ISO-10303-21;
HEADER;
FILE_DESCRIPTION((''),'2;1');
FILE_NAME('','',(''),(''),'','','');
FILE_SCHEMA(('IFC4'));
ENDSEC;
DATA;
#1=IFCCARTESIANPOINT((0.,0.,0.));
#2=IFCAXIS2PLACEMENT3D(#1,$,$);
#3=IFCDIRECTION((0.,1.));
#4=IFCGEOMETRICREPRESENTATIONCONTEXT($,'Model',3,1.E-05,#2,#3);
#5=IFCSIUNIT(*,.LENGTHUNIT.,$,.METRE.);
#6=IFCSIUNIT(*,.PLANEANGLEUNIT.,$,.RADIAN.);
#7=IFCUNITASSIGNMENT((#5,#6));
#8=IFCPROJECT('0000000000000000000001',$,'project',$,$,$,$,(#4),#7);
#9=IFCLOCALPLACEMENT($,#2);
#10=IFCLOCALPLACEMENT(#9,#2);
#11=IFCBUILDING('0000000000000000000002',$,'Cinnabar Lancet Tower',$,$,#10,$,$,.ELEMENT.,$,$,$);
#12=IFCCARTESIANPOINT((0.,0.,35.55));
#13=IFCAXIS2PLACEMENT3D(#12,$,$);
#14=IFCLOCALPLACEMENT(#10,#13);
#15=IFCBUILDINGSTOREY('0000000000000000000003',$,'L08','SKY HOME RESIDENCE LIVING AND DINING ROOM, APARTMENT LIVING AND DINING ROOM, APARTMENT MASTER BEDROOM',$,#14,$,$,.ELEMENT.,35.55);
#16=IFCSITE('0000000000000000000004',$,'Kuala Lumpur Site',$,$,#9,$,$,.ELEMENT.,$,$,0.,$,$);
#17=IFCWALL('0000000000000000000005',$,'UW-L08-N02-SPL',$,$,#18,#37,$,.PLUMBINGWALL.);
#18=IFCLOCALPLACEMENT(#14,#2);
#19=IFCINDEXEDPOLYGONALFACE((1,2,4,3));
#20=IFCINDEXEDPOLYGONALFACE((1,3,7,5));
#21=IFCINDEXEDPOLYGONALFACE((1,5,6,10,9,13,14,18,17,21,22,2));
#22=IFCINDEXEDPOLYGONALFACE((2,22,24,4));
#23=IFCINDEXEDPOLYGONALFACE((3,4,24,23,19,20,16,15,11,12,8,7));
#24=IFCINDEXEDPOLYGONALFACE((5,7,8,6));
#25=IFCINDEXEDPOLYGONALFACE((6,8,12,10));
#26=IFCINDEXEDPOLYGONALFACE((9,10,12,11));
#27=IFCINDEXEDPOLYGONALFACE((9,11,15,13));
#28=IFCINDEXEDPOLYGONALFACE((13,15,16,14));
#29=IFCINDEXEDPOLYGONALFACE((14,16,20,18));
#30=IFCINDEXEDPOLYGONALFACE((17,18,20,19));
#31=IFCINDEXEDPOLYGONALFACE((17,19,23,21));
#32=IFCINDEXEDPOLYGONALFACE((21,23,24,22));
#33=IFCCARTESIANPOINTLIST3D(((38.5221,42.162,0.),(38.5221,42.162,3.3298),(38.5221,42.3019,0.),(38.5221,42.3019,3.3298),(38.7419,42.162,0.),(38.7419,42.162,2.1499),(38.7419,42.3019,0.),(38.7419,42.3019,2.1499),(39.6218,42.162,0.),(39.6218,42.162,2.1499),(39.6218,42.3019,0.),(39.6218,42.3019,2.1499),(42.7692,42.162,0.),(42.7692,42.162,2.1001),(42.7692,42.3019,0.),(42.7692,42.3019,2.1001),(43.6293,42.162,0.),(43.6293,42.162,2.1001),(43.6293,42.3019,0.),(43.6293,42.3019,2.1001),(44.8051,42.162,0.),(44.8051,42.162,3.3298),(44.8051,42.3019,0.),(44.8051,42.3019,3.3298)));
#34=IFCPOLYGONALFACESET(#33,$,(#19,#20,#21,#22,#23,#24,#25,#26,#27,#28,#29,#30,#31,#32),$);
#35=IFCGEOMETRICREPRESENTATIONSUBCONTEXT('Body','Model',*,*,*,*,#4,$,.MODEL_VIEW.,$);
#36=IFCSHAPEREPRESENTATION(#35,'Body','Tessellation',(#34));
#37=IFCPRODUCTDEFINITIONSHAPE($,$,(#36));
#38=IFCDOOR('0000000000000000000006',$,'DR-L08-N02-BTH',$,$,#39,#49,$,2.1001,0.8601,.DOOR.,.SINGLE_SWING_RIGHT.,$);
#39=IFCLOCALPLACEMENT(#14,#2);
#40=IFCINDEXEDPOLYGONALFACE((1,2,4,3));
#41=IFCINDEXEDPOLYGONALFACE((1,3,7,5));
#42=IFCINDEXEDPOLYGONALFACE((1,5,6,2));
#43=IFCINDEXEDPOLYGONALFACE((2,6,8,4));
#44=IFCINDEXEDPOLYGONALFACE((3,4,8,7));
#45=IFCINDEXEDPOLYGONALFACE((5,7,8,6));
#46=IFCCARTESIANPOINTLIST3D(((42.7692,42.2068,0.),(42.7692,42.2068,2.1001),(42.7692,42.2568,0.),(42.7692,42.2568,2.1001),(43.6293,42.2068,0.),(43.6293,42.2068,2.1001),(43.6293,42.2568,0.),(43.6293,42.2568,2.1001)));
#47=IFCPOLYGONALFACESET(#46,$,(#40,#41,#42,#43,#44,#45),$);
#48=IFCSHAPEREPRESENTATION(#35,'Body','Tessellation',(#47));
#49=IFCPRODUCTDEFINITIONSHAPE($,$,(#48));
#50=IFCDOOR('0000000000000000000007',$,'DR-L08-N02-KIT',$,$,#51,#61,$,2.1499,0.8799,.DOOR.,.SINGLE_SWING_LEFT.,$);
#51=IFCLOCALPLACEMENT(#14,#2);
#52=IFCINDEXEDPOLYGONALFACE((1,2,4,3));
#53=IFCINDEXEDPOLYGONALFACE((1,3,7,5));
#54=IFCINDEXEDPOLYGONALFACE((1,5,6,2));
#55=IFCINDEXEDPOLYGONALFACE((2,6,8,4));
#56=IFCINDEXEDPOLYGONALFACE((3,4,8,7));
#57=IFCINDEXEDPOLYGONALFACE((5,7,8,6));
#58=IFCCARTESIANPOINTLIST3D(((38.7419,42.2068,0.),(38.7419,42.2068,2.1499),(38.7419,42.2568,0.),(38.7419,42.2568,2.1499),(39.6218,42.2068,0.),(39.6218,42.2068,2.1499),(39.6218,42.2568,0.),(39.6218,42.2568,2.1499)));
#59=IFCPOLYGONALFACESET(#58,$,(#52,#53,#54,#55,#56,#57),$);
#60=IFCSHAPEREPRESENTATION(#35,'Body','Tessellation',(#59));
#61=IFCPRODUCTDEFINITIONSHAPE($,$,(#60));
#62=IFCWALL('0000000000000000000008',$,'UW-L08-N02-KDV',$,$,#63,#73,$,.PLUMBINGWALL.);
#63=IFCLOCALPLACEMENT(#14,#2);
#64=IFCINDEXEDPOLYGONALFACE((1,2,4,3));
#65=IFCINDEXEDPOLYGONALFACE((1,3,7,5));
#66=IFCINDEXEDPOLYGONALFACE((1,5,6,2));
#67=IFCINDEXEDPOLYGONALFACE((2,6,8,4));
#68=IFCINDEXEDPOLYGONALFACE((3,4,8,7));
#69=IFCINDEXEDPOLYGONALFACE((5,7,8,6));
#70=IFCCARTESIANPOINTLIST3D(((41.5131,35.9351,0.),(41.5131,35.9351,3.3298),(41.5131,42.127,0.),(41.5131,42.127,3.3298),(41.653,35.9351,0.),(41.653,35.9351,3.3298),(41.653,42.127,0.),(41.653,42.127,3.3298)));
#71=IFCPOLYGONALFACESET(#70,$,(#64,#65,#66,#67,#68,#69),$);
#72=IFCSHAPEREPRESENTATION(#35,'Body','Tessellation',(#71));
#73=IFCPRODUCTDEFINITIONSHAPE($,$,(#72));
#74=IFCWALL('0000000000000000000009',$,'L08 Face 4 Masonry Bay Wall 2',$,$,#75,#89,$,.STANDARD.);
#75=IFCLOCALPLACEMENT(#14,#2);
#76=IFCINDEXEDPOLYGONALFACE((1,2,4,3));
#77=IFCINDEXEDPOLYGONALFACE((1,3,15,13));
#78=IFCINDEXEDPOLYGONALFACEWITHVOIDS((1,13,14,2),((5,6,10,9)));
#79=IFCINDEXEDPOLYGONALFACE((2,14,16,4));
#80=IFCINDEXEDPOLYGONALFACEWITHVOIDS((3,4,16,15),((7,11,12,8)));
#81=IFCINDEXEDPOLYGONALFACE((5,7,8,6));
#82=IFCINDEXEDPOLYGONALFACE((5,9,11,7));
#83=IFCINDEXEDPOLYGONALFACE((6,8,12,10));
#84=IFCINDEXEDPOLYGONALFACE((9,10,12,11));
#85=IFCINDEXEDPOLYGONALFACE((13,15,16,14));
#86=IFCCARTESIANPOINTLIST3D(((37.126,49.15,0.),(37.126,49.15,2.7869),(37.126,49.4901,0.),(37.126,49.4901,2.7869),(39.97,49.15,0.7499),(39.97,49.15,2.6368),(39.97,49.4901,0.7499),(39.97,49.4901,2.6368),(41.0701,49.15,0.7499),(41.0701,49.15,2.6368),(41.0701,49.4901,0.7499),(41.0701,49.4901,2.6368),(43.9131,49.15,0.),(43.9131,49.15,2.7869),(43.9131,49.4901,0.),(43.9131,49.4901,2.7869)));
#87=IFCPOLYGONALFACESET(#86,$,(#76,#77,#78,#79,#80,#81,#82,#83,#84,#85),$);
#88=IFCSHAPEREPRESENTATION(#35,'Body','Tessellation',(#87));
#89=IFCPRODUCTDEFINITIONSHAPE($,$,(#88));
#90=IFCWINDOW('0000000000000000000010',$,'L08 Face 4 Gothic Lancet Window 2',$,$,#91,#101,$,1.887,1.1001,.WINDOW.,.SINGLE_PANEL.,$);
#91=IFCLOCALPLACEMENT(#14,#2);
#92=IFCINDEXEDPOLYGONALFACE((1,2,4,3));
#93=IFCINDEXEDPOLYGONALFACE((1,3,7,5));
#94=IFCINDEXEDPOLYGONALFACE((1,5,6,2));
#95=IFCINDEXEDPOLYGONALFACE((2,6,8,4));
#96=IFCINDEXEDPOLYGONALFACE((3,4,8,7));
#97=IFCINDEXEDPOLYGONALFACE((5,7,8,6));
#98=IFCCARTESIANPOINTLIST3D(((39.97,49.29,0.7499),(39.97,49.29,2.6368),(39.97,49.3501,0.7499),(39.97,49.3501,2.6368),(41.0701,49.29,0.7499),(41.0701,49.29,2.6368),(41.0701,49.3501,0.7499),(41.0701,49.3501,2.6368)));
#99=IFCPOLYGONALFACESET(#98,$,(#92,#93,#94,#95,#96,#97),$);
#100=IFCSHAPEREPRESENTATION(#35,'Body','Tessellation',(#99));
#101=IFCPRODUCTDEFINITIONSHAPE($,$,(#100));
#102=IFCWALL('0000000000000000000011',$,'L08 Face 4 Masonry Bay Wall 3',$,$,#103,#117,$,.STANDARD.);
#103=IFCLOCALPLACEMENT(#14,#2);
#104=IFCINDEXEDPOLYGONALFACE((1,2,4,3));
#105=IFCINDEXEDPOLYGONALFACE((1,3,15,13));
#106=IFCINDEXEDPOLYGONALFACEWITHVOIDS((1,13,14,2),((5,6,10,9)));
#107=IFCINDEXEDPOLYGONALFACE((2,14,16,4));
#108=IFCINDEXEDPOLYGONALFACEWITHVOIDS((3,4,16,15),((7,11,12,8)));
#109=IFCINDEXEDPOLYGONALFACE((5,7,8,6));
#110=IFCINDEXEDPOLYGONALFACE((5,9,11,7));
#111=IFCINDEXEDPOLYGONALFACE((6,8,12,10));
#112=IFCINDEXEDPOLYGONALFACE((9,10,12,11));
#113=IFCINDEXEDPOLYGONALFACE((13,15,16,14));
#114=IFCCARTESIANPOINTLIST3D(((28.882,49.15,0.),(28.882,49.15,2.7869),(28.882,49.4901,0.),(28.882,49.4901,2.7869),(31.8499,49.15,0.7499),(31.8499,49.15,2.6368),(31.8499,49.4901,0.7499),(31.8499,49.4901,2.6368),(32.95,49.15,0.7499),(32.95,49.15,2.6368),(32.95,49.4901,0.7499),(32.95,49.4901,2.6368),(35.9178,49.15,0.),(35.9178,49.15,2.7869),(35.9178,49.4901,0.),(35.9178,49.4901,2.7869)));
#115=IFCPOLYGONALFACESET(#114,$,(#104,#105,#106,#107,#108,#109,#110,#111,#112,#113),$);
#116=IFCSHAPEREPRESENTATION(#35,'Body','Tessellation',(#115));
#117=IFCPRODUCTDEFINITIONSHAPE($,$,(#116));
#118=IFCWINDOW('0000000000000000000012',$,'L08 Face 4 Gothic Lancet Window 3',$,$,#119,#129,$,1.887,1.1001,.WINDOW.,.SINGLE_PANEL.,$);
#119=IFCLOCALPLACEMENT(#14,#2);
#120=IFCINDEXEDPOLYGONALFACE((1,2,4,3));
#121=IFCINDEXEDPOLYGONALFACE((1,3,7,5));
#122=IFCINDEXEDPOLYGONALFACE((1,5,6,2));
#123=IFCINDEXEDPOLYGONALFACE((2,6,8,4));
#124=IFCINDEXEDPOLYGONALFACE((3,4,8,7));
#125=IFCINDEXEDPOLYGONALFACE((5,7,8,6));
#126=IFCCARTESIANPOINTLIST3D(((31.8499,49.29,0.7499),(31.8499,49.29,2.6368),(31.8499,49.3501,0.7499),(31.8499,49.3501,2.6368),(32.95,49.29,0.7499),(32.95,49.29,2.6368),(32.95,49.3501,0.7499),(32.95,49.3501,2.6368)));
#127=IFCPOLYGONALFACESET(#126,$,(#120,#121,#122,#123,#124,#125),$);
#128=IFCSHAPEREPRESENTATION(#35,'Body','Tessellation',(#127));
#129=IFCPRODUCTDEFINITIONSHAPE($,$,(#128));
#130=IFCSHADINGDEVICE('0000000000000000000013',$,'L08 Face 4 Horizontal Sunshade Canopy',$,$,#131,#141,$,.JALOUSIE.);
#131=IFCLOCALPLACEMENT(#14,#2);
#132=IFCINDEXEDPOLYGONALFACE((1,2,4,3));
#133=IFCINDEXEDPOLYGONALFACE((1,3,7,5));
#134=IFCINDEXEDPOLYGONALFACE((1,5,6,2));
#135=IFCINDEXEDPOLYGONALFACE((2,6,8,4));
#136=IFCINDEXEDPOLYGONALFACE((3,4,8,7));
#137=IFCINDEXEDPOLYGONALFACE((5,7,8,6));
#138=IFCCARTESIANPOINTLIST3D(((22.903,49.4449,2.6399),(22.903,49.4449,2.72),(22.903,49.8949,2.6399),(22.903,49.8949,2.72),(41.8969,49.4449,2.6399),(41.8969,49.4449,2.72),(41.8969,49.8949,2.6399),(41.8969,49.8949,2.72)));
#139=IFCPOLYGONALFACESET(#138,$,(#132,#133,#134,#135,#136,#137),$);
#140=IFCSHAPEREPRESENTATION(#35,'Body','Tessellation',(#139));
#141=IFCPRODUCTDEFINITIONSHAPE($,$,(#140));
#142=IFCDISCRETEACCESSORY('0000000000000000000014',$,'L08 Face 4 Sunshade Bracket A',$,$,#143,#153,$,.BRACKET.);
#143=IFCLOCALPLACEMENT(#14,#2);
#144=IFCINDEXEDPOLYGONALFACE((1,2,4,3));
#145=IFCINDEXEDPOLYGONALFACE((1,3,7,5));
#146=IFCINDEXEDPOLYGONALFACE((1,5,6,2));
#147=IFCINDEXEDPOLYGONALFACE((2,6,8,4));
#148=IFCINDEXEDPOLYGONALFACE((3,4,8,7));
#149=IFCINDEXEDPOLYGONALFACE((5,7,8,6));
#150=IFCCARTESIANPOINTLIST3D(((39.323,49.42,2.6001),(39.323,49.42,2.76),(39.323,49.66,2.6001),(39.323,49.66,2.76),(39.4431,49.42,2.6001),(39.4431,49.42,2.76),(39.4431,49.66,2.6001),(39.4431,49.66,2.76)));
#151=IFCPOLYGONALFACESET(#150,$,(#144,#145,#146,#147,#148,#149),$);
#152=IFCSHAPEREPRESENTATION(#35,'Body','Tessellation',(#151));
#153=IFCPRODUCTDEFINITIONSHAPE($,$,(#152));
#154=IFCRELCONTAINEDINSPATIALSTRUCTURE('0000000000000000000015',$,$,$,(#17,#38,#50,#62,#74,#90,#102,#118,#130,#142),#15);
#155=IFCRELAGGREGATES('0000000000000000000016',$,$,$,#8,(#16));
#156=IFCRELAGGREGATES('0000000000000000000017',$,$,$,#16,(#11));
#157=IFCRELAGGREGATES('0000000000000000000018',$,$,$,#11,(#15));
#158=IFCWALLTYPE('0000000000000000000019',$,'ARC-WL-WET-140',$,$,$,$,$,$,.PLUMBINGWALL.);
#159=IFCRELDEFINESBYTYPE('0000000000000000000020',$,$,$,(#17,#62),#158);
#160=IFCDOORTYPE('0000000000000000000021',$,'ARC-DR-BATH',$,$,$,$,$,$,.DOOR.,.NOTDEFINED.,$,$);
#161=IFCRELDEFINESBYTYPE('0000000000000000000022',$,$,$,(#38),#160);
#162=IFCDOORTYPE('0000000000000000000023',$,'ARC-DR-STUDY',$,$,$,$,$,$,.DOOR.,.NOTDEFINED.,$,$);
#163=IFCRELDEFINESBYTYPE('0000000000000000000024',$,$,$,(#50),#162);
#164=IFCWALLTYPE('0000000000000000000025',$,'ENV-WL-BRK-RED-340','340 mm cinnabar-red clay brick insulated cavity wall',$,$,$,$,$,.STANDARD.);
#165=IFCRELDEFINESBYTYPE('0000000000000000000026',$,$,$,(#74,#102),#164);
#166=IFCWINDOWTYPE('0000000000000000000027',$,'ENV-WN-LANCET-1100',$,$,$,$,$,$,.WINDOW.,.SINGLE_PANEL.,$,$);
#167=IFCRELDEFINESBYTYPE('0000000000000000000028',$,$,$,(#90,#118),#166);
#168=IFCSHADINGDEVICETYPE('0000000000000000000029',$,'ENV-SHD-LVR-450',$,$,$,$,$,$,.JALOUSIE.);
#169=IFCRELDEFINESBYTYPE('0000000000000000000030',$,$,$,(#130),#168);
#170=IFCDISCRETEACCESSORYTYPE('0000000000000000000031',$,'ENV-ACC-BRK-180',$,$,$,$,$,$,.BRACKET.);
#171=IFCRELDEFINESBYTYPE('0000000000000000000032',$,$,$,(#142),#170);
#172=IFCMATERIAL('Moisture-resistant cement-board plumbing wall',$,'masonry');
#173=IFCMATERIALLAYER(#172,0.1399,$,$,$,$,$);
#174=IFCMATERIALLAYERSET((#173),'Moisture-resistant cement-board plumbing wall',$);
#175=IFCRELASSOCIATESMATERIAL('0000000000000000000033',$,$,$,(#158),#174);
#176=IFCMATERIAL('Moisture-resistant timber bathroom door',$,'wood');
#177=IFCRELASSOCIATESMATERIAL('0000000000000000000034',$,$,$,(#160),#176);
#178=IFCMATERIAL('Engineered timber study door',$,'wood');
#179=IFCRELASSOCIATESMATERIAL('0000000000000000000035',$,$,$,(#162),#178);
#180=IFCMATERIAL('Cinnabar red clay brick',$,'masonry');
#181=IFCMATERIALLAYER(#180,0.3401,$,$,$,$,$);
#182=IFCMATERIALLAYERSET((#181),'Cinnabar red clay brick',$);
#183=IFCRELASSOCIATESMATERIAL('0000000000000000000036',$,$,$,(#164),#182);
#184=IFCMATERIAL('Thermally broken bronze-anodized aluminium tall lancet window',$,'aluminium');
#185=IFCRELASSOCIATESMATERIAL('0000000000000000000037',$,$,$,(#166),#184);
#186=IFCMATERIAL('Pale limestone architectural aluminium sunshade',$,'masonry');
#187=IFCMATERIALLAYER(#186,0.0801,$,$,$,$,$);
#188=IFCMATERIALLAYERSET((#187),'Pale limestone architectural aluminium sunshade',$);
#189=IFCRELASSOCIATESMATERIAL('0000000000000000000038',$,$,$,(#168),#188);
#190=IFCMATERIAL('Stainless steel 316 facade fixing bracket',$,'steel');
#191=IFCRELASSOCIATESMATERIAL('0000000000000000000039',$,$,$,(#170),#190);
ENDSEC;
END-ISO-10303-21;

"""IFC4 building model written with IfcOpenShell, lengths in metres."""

from ifc_helpers import new_model, si_unit, direction, frame, frame_2d, origin, origin_2d, place, context, subcontext, project, spatial, rectangle, extrude, material, layer, layer_set, type_object, element, fill, save


model = new_model("IFC4")

# Units and contexts
model_context = context("Model", 3, precision=1e-05, world=origin(), true_north=direction((0.0, 1.0)))
body_context = subcontext(model_context, "Body", "Model", "MODEL_VIEW")
ifc_project = project(units=[si_unit("LENGTHUNIT", "METRE"), si_unit("PLANEANGLEUNIT", "RADIAN")], contexts=[model_context])

# Site, building, storey
site_placement = place(None, origin())
site = spatial("IfcSite", under=ifc_project, at=site_placement, Name="Kuala Lumpur Site", CompositionType="ELEMENT", RefElevation=0.0)
building_placement = place(site_placement, origin())
building = spatial("IfcBuilding", under=site, at=building_placement, Name="Cinnabar Lancet Tower", CompositionType="ELEMENT")
storey_placement = place(building_placement, frame((0.0, 0.0, 35.55)))
storey = spatial("IfcBuildingStorey", under=building, at=storey_placement, Name="L08", Description="SKY HOME RESIDENCE LIVING AND DINING ROOM, APARTMENT LIVING AND DINING ROOM, APARTMENT MASTER BEDROOM", CompositionType="ELEMENT", Elevation=35.55)

# Shared definitions
ifc_material_1 = material(Name="Moisture-resistant cement-board plumbing wall", Category="masonry")
ifc_layer_1 = layer(ifc_material_1, 0.1399)
ifc_layer_set_1 = layer_set([ifc_layer_1], Name="Moisture-resistant cement-board plumbing wall")
wall_type_1 = type_object("IfcWallType", Name="ARC-WL-WET-140", PredefinedType="PLUMBINGWALL", material=ifc_layer_set_1)

# Wall, openings, doors
wall_1_placement = place(storey_placement, frame((38.522, 42.2319, 0.0), z_axis=(0.0, 0.0, 1.0), x_axis=(1.0, 0.0, 0.0)))
wall_1 = element("IfcWall", 1, at=wall_1_placement, inside=storey, type_object=wall_type_1, Name="UW-L08-N02-SPL", PredefinedType="PLUMBINGWALL", context=body_context, shape_type="SweptSolid", body=[
    extrude(rectangle(XDim=6.283, YDim=0.1399, at=frame_2d((3.1416, 0.0))), origin(), (0.0, 0.0, 1.0), 3.3298),
])
opening_1_placement = place(wall_1_placement, frame((4.2471, 0.0, 0.0)))
opening_1 = element("IfcOpeningElement", 2, at=opening_1_placement, cuts=wall_1, PredefinedType="OPENING", context=body_context, shape_type="SweptSolid", body=[
    extrude(rectangle(XDim=0.8601, YDim=2.1001, at=frame_2d((0.4302, 1.05))), frame((0.0, 0.0798, 0.0), z_axis=(0.0, -1.0, 0.0), x_axis=(1.0, 0.0, 0.0)), (0.0, 0.0, 1.0), 0.1599),
])
opening_2_placement = place(wall_1_placement, frame((0.22, 0.0, 0.0)))
opening_2 = element("IfcOpeningElement", 3, at=opening_2_placement, cuts=wall_1, PredefinedType="OPENING", context=body_context, shape_type="SweptSolid", body=[
    extrude(rectangle(XDim=0.8799, YDim=2.1499, at=frame_2d((0.4399, 1.075))), frame((0.0, 0.0798, 0.0), z_axis=(0.0, -1.0, 0.0), x_axis=(1.0, 0.0, 0.0)), (0.0, 0.0, 1.0), 0.1599),
])
ifc_material_2 = material(Name="Moisture-resistant timber bathroom door", Category="wood")
door_type_1 = type_object("IfcDoorType", Name="ARC-DR-BATH", OperationType="NOTDEFINED", PredefinedType="DOOR", material=ifc_material_2)
door_1_placement = place(opening_1_placement, origin())
door_1 = element("IfcDoor", 4, at=door_1_placement, inside=storey, type_object=door_type_1, Name="DR-L08-N02-BTH", OperationType="SINGLE_SWING_RIGHT", OverallHeight=2.1001, OverallWidth=0.8601, PredefinedType="DOOR", context=body_context, shape_type="SweptSolid", body=[
    extrude(rectangle(XDim=0.8601, YDim=2.1001, at=frame_2d((0.4302, 1.05))), frame((0.0, 0.0249, 0.0), z_axis=(0.0, -1.0, 0.0), x_axis=(1.0, 0.0, 0.0)), (0.0, 0.0, 1.0), 0.05),
])
fill(opening_1, door_1)
ifc_material_3 = material(Name="Engineered timber study door", Category="wood")
door_type_2 = type_object("IfcDoorType", Name="ARC-DR-STUDY", OperationType="NOTDEFINED", PredefinedType="DOOR", material=ifc_material_3)
door_2_placement = place(opening_2_placement, origin())
door_2 = element("IfcDoor", 5, at=door_2_placement, inside=storey, type_object=door_type_2, Name="DR-L08-N02-KIT", OperationType="SINGLE_SWING_LEFT", OverallHeight=2.1499, OverallWidth=0.8799, PredefinedType="DOOR", context=body_context, shape_type="SweptSolid", body=[
    extrude(rectangle(XDim=0.8799, YDim=2.1499, at=frame_2d((0.4399, 1.075))), frame((0.0, 0.0249, 0.0), z_axis=(0.0, -1.0, 0.0), x_axis=(1.0, 0.0, 0.0)), (0.0, 0.0, 1.0), 0.05),
])
fill(opening_2, door_2)

# Wall
wall_2_placement = place(storey_placement, frame((41.583, 35.9351, 0.0), z_axis=(0.0, 0.0, 1.0), x_axis=(0.0, 1.0, 0.0)))
element("IfcWall", 6, at=wall_2_placement, inside=storey, type_object=wall_type_1, Name="UW-L08-N02-KDV", PredefinedType="PLUMBINGWALL", context=body_context, shape_type="SweptSolid", body=[
    extrude(rectangle(XDim=6.1919, YDim=0.1399, at=frame_2d((3.0959, 0.0))), origin(), (0.0, 0.0, 1.0), 3.3298),
])

# Walls, openings, windows
ifc_material_4 = material(Name="Cinnabar red clay brick", Category="masonry")
ifc_layer_2 = layer(ifc_material_4, 0.3401)
ifc_layer_set_2 = layer_set([ifc_layer_2], Name="Cinnabar red clay brick")
wall_type_2 = type_object("IfcWallType", Name="ENV-WL-BRK-RED-340", Description="340 mm cinnabar-red clay brick insulated cavity wall", PredefinedType="STANDARD", material=ifc_layer_set_2)
wall_3_placement = place(storey_placement, frame((43.9131, 49.3201, 0.0), z_axis=(0.0, 0.0, 1.0), x_axis=(-1.0, 0.0, 0.0)))
wall_3 = element("IfcWall", 7, at=wall_3_placement, inside=storey, type_object=wall_type_2, Name="L08 Face 4 Masonry Bay Wall 2", PredefinedType="STANDARD", context=body_context, shape_type="SweptSolid", body=[
    extrude(rectangle(XDim=6.7871, YDim=0.3401, at=frame_2d((3.3936, 0.0))), origin(), (0.0, 0.0, 1.0), 2.7869),
])
opening_3_placement = place(wall_3_placement, frame((2.843, 0.0, 0.75)))
opening_3 = element("IfcOpeningElement", 8, at=opening_3_placement, cuts=wall_3, PredefinedType="OPENING", context=body_context, shape_type="SweptSolid", body=[
    extrude(rectangle(XDim=1.1001, YDim=1.887, at=frame_2d((0.55, 0.9434))), frame((0.0, 0.1799, 0.0), z_axis=(0.0, -1.0, 0.0), x_axis=(1.0, 0.0, 0.0)), (0.0, 0.0, 1.0), 0.3601),
])
ifc_material_5 = material(Name="Thermally broken bronze-anodized aluminium tall lancet window", Category="aluminium")
window_type = type_object("IfcWindowType", Name="ENV-WN-LANCET-1100", PartitioningType="SINGLE_PANEL", PredefinedType="WINDOW", material=ifc_material_5)
window_1_placement = place(opening_3_placement, origin())
window_1 = element("IfcWindow", 9, at=window_1_placement, inside=storey, type_object=window_type, Name="L08 Face 4 Gothic Lancet Window 2", OverallHeight=1.887, OverallWidth=1.1001, PartitioningType="SINGLE_PANEL", PredefinedType="WINDOW", context=body_context, shape_type="SweptSolid", body=[
    extrude(rectangle(XDim=1.1001, YDim=1.887, at=frame_2d((0.55, 0.9434))), frame((0.0, 0.03, 0.0), z_axis=(0.0, -1.0, 0.0), x_axis=(1.0, 0.0, 0.0)), (0.0, 0.0, 1.0), 0.0601),
])
fill(opening_3, window_1)
wall_4_placement = place(storey_placement, frame((35.918, 49.3201, 0.0), z_axis=(0.0, 0.0, 1.0), x_axis=(-1.0, 0.0, 0.0)))
wall_4 = element("IfcWall", 10, at=wall_4_placement, inside=storey, type_object=wall_type_2, Name="L08 Face 4 Masonry Bay Wall 3", PredefinedType="STANDARD", context=body_context, shape_type="SweptSolid", body=[
    extrude(rectangle(XDim=7.0359, YDim=0.3401, at=frame_2d((3.5181, 0.0))), origin(), (0.0, 0.0, 1.0), 2.7869),
])
opening_4_placement = place(wall_4_placement, frame((2.968, 0.0, 0.75)))
opening_4 = element("IfcOpeningElement", 11, at=opening_4_placement, cuts=wall_4, PredefinedType="OPENING", context=body_context, shape_type="SweptSolid", body=[
    extrude(rectangle(XDim=1.1001, YDim=1.887, at=frame_2d((0.55, 0.9434))), frame((0.0, 0.1799, 0.0), z_axis=(0.0, -1.0, 0.0), x_axis=(1.0, 0.0, 0.0)), (0.0, 0.0, 1.0), 0.3601),
])
window_2_placement = place(opening_4_placement, origin())
window_2 = element("IfcWindow", 12, at=window_2_placement, inside=storey, type_object=window_type, Name="L08 Face 4 Gothic Lancet Window 3", OverallHeight=1.887, OverallWidth=1.1001, PartitioningType="SINGLE_PANEL", PredefinedType="WINDOW", context=body_context, shape_type="SweptSolid", body=[
    extrude(rectangle(XDim=1.1001, YDim=1.887, at=frame_2d((0.55, 0.9434))), frame((0.0, 0.03, 0.0), z_axis=(0.0, -1.0, 0.0), x_axis=(1.0, 0.0, 0.0)), (0.0, 0.0, 1.0), 0.0601),
])
fill(opening_4, window_2)

# Shading device
ifc_material_6 = material(Name="Pale limestone architectural aluminium sunshade", Category="masonry")
ifc_layer_3 = layer(ifc_material_6, 0.0801)
ifc_layer_set_3 = layer_set([ifc_layer_3], Name="Pale limestone architectural aluminium sunshade")
shading_device_type = type_object("IfcShadingDeviceType", Name="ENV-SHD-LVR-450", PredefinedType="JALOUSIE", material=ifc_layer_set_3)
shading_device_placement = place(storey_placement, frame((32.3999, 49.6699, 2.6399), z_axis=(0.0, 0.0, 1.0), x_axis=(-1.0, 0.0, 0.0)))
element("IfcShadingDevice", 13, at=shading_device_placement, inside=storey, type_object=shading_device_type, Name="L08 Face 4 Horizontal Sunshade Canopy", PredefinedType="JALOUSIE", context=body_context, shape_type="SweptSolid", body=[
    extrude(rectangle(XDim=18.9939, YDim=0.45, at=origin_2d()), origin(), (0.0, 0.0, 1.0), 0.0801),
])

# Discrete accessory
ifc_material_7 = material(Name="Stainless steel 316 facade fixing bracket", Category="steel")
discrete_accessory_type = type_object("IfcDiscreteAccessoryType", Name="ENV-ACC-BRK-180", PredefinedType="BRACKET", material=ifc_material_7)
discrete_accessory_placement = place(storey_placement, frame((39.3831, 49.54, 2.6001), z_axis=(0.0, 0.0, 1.0), x_axis=(-1.0, 0.0, 0.0)))
element("IfcDiscreteAccessory", 14, at=discrete_accessory_placement, inside=storey, type_object=discrete_accessory_type, Name="L08 Face 4 Sunshade Bracket A", PredefinedType="BRACKET", context=body_context, shape_type="SweptSolid", body=[
    extrude(rectangle(XDim=0.1201, YDim=0.24, at=origin_2d()), origin(), (0.0, 0.0, 1.0), 0.1599),
])

save(model, "model.ifc")
